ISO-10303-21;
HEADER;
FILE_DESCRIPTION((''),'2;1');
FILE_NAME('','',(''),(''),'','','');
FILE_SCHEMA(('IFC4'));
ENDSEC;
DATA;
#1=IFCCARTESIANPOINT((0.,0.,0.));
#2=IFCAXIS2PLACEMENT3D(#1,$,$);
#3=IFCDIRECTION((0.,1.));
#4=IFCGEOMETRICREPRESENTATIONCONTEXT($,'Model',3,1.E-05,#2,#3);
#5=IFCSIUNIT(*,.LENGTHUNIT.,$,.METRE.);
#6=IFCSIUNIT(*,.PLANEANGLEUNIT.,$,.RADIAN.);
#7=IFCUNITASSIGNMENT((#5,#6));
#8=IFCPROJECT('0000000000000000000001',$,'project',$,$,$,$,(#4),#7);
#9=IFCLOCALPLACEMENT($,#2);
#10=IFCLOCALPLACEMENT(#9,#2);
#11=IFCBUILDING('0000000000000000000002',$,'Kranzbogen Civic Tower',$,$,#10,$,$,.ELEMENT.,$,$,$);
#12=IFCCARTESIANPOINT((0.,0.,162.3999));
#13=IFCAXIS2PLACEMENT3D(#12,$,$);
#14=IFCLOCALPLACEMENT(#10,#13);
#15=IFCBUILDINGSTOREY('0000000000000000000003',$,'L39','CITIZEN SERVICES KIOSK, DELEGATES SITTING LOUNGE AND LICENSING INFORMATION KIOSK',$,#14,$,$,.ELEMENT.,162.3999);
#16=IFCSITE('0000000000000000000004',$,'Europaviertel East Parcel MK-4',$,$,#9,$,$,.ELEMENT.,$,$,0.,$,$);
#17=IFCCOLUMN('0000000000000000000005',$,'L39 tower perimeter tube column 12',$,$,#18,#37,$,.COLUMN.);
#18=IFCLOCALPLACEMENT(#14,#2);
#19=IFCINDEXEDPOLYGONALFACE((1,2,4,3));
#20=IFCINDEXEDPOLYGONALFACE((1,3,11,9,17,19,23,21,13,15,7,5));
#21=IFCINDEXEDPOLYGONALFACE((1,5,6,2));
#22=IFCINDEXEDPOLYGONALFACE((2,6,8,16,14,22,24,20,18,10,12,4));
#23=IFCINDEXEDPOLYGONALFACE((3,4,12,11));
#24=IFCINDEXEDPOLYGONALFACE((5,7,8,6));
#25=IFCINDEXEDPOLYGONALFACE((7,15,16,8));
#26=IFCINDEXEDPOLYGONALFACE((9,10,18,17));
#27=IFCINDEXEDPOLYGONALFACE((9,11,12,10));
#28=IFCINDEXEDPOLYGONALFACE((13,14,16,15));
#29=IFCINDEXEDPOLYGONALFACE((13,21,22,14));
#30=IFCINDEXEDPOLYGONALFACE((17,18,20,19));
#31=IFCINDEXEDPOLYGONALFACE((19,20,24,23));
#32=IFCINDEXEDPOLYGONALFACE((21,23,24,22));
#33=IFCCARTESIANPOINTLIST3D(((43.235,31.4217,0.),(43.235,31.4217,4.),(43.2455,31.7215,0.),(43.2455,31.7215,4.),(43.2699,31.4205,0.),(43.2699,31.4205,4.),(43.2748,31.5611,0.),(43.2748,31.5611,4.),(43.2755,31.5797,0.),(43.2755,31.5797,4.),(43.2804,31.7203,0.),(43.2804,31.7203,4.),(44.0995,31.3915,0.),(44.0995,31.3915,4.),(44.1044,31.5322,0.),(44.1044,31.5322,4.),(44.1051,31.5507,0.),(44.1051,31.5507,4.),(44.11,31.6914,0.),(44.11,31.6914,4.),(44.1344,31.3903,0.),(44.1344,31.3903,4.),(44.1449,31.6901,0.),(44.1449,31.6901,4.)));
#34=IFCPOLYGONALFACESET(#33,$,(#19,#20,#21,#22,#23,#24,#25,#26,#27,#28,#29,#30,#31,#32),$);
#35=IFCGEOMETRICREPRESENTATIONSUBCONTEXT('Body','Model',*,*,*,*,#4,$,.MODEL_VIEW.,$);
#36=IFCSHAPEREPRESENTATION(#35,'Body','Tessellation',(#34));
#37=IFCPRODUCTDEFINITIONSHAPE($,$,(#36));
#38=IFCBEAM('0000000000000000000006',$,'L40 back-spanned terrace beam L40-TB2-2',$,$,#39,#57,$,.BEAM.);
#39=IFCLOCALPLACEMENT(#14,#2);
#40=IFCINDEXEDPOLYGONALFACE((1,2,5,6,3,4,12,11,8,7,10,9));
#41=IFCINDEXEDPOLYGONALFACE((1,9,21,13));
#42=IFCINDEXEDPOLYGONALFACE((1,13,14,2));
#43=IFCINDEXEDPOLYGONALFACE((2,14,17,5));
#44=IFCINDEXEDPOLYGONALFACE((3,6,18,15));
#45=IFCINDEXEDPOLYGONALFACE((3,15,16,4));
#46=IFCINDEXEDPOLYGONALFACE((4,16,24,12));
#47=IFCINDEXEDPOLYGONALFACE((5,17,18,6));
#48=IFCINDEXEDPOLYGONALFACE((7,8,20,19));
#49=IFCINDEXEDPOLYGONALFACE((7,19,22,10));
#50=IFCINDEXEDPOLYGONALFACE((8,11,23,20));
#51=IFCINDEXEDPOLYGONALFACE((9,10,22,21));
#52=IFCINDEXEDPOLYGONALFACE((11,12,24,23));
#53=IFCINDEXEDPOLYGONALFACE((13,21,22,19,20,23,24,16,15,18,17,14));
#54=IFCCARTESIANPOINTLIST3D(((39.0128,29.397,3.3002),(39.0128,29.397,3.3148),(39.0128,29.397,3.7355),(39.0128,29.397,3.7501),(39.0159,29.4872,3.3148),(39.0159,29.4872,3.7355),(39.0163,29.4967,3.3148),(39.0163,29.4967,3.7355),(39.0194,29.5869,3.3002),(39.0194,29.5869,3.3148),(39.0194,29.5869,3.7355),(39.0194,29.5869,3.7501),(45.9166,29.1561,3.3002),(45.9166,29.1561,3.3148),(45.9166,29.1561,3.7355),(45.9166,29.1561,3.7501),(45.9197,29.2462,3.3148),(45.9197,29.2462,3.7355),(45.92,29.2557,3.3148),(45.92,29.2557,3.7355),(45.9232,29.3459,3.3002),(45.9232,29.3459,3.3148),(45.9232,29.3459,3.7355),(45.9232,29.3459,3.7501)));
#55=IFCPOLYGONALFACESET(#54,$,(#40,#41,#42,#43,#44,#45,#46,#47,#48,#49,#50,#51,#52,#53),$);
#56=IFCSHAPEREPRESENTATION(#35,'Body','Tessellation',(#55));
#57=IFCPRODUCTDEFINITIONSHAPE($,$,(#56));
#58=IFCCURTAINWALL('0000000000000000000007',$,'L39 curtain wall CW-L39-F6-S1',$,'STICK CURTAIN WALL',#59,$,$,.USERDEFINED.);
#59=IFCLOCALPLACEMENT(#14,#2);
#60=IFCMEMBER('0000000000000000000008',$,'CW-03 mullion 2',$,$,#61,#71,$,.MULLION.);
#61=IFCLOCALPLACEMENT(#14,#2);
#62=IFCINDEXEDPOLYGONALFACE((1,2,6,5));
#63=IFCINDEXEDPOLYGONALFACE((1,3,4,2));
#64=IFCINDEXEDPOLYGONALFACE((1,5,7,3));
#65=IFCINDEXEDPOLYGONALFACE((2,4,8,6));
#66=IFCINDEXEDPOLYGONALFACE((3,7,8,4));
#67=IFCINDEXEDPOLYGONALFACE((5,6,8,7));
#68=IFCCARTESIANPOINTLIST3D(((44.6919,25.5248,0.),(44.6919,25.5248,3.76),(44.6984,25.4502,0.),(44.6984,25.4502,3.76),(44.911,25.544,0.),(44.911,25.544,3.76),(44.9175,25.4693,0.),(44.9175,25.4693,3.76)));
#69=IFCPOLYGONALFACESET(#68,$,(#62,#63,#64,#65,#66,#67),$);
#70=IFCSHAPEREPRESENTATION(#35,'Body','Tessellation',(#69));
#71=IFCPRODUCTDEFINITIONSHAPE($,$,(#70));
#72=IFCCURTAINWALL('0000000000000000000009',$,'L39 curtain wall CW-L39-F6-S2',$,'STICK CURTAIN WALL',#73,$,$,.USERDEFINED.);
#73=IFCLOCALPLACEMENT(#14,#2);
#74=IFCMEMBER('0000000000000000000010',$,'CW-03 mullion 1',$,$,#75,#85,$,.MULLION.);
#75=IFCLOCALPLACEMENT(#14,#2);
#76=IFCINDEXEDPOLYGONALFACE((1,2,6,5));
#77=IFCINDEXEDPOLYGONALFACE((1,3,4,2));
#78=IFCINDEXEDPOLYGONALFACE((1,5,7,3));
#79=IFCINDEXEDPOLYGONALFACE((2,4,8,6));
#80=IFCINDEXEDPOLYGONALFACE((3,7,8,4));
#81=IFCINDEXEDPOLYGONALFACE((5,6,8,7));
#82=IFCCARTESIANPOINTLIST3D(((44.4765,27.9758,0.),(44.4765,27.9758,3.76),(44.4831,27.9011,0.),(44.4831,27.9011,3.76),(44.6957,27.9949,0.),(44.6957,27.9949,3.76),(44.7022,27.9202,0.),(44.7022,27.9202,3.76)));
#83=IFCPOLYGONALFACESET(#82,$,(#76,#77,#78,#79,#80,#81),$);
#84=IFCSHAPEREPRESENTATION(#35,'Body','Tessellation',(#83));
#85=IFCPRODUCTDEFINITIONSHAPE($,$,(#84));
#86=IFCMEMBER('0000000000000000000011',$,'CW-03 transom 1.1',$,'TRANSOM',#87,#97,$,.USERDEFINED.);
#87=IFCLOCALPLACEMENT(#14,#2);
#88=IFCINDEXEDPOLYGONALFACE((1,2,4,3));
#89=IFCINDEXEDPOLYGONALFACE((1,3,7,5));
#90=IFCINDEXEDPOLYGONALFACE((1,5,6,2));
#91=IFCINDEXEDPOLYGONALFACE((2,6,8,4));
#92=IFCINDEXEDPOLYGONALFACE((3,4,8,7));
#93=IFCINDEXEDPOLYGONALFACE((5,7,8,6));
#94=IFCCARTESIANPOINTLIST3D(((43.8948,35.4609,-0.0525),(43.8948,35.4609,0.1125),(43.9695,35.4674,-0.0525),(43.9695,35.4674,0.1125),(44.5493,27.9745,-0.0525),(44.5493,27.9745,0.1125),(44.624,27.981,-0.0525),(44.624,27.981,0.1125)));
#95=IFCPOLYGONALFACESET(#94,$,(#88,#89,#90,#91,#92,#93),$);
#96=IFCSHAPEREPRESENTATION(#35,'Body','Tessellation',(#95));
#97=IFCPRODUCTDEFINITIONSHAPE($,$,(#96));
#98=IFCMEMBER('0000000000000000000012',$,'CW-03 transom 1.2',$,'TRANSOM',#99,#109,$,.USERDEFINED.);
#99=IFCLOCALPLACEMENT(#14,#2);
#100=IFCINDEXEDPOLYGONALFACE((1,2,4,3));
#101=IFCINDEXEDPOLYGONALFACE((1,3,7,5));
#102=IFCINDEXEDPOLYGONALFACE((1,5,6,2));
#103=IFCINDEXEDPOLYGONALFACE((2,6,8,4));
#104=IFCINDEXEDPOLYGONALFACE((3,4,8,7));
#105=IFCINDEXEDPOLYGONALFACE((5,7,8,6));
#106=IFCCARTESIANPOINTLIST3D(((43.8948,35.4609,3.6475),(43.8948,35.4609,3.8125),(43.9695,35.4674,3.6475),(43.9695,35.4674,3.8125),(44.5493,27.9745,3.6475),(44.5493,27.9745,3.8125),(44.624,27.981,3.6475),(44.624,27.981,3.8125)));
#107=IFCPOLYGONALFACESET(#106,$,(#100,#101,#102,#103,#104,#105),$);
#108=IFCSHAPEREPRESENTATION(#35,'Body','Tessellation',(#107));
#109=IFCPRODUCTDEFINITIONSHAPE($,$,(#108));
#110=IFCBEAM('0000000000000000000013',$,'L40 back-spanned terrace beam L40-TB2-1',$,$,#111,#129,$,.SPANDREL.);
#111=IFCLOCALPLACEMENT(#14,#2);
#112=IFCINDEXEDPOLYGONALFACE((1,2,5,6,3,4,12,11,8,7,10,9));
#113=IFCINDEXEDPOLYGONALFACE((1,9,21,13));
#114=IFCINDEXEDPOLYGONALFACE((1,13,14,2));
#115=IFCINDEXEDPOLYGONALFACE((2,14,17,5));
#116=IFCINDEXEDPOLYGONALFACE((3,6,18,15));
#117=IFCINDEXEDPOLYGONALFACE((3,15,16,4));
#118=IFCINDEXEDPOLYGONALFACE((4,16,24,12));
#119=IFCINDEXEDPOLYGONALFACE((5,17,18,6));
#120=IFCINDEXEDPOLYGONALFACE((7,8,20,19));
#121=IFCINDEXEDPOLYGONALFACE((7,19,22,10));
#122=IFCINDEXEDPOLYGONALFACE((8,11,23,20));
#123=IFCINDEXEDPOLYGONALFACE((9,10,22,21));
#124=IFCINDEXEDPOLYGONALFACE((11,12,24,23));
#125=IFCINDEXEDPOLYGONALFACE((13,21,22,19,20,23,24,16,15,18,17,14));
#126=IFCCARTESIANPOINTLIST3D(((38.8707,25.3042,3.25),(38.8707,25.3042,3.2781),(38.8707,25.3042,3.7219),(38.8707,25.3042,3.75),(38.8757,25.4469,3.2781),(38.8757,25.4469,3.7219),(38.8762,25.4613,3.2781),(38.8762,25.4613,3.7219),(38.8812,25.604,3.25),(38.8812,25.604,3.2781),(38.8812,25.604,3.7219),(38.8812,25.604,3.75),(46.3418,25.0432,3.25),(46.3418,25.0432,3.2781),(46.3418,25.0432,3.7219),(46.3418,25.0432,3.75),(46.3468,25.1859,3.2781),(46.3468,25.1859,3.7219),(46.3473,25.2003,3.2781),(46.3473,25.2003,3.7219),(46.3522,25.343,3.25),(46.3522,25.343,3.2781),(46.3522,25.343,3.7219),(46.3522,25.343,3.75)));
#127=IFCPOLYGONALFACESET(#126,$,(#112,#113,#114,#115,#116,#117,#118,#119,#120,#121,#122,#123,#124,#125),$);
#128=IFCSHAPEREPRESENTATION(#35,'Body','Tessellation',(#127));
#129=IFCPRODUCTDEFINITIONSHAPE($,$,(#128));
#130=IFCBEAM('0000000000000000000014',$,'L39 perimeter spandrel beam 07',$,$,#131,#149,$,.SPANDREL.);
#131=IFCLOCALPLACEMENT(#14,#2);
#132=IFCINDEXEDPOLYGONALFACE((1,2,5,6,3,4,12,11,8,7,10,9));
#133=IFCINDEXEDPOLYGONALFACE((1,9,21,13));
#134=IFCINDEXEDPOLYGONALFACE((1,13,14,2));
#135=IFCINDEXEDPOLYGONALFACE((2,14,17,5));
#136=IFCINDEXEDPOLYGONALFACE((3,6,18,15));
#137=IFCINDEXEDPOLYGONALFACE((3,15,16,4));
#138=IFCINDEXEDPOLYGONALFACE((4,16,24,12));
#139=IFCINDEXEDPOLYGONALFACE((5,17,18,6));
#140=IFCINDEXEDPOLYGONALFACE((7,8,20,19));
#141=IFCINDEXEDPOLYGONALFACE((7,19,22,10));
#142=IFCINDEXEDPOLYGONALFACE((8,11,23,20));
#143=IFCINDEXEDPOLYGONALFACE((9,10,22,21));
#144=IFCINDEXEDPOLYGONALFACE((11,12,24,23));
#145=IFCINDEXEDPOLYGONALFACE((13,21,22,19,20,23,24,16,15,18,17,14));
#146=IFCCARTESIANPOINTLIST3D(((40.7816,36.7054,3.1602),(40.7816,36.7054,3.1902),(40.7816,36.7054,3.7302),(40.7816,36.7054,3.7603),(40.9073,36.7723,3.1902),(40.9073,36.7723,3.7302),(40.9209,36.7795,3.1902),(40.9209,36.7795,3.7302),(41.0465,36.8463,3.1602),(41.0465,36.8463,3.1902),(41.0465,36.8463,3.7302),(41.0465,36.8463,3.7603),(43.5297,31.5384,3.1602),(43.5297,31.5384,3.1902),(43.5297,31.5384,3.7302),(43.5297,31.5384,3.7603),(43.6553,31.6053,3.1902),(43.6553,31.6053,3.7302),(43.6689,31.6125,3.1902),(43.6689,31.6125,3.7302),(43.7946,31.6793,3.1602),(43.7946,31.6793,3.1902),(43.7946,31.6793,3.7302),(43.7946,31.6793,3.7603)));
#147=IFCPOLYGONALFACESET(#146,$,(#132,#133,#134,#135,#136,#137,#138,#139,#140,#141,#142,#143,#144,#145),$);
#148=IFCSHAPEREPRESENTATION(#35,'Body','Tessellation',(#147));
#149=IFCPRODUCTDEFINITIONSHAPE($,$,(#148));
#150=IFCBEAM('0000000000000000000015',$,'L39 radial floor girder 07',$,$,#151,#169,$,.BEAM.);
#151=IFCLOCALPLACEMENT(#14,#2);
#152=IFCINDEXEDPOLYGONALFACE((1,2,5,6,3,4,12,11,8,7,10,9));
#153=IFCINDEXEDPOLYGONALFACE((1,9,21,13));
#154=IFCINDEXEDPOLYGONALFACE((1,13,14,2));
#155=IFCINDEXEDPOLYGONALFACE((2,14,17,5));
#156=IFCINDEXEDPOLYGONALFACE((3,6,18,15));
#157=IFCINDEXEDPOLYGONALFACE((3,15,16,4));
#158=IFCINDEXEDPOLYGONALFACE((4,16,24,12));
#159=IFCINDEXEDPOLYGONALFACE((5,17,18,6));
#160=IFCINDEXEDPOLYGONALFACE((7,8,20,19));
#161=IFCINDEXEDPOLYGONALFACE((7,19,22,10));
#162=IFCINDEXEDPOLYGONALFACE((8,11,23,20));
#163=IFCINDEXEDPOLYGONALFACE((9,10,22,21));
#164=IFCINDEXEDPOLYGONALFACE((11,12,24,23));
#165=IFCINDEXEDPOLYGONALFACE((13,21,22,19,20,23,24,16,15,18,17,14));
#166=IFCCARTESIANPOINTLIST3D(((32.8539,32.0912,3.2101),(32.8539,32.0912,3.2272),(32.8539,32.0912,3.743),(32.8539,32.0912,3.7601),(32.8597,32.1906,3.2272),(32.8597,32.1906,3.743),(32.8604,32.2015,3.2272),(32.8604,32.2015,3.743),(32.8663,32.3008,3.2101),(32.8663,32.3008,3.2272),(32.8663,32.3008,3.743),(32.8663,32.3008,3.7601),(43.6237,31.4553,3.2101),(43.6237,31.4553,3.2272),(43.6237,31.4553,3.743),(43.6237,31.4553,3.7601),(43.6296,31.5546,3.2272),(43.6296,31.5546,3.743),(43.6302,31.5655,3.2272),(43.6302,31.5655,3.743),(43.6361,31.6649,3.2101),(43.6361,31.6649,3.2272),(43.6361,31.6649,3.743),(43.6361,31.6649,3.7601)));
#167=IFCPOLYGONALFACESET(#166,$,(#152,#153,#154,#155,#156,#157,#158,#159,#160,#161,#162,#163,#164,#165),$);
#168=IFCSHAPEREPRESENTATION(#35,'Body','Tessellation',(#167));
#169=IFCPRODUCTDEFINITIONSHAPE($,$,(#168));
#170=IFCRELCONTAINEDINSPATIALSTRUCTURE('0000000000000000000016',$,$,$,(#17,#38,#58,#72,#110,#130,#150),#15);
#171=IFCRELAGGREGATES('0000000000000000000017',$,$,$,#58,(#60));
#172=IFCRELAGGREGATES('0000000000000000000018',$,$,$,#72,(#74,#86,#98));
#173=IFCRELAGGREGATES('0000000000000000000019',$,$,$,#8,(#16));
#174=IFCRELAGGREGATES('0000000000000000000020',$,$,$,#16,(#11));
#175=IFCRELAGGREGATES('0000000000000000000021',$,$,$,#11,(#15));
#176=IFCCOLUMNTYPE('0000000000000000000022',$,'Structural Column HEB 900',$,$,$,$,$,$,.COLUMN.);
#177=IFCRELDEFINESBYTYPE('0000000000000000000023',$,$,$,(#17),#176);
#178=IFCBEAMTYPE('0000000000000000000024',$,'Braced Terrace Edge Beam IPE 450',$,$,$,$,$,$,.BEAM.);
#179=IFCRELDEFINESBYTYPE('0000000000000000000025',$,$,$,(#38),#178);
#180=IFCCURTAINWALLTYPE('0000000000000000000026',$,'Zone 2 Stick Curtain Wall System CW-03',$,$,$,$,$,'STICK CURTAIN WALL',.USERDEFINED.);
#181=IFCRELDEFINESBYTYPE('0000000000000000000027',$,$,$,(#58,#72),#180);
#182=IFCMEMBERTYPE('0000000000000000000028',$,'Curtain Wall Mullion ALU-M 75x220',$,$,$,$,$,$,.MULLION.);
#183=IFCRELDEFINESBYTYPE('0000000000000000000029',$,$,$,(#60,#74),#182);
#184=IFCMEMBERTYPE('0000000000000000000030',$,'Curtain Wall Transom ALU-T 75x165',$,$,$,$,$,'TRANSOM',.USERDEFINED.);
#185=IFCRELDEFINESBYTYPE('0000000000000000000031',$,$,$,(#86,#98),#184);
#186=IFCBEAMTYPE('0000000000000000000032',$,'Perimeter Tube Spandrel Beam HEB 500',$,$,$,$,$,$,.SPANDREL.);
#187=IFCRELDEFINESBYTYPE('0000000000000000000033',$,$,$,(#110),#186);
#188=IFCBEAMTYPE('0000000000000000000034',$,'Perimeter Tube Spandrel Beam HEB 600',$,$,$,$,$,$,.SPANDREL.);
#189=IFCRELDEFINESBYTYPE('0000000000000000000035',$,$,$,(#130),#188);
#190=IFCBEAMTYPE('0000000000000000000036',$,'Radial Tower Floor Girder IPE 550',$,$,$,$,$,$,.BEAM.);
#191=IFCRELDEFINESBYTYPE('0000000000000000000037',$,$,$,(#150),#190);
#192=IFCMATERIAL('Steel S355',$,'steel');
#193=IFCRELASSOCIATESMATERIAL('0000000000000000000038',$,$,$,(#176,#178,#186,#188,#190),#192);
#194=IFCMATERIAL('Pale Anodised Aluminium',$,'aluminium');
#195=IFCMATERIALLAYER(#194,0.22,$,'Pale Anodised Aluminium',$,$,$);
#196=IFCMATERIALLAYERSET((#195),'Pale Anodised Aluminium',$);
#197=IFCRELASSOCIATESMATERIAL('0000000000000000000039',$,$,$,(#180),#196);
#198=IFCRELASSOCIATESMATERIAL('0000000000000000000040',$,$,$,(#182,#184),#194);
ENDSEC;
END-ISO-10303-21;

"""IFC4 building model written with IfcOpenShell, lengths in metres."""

from ifc_helpers import new_model, si_unit, direction, frame, origin, origin_2d, place, context, subcontext, project, spatial, rectangle, i_section, extrude, material, layer, layer_set, material_profile, profile_set, type_object, element, aggregate, save


model = new_model("IFC4")

# Units and contexts
model_context = context("Model", 3, precision=1e-05, world=origin(), true_north=direction((0.0, 1.0)))
body_context = subcontext(model_context, "Body", "Model", "MODEL_VIEW")
ifc_project = project(units=[si_unit("LENGTHUNIT", "METRE"), si_unit("PLANEANGLEUNIT", "RADIAN")], contexts=[model_context])

# Site, building, storey
site_placement = place(None, origin())
site = spatial("IfcSite", under=ifc_project, at=site_placement, Name="Europaviertel East Parcel MK-4", CompositionType="ELEMENT", RefElevation=0.0)
building_placement = place(site_placement, origin())
building = spatial("IfcBuilding", under=site, at=building_placement, Name="Kranzbogen Civic Tower", CompositionType="ELEMENT")
storey_placement = place(building_placement, frame((0.0, 0.0, 162.3999)))
storey = spatial("IfcBuildingStorey", under=building, at=storey_placement, Name="L39", Description="CITIZEN SERVICES KIOSK, DELEGATES SITTING LOUNGE AND LICENSING INFORMATION KIOSK", CompositionType="ELEMENT", Elevation=162.3999)

# Column
ifc_material_1 = material(Name="Steel S355", Category="steel")
ifc_material_profile_1 = material_profile(ifc_material_1, i_section(OverallWidth=0.3, OverallDepth=0.8999, WebThickness=0.0186, FlangeThickness=0.0349, at=origin_2d()), Name="HEB 900")
ifc_profile_set_1 = profile_set([ifc_material_profile_1], Name="Steel S355")
column_type = type_object("IfcColumnType", Name="Structural Column HEB 900", PredefinedType="COLUMN", material=ifc_profile_set_1)
column_placement = place(storey_placement, frame((43.6899, 31.5559, 0.0), z_axis=(0.0, 0.0, 1.0), x_axis=(0.034899, 0.999391, 0.0)))
element("IfcColumn", 1, at=column_placement, inside=storey, type_object=column_type, Name="L39 tower perimeter tube column 12", PredefinedType="COLUMN", context=body_context, shape_type="SweptSolid", body=[
    extrude(i_section(OverallWidth=0.3, OverallDepth=0.8999, WebThickness=0.0186, FlangeThickness=0.0349, at=origin_2d()), origin(), (0.0, 0.0, 1.0), 4.0),
])

# Beam
ifc_material_profile_2 = material_profile(ifc_material_1, i_section(OverallWidth=0.1899, OverallDepth=0.45, WebThickness=0.0095, FlangeThickness=0.0146, at=origin_2d()), Name="IPE 450")
ifc_profile_set_2 = profile_set([ifc_material_profile_2], Name="Steel S355")
beam_type_1 = type_object("IfcBeamType", Name="Braced Terrace Edge Beam IPE 450", PredefinedType="BEAM", material=ifc_profile_set_2)
beam_1_placement = place(storey_placement, frame((39.0161, 29.4919, 3.5251), z_axis=(0.999391, -0.034882, 0.0), x_axis=(0.034882, 0.999391, 0.0)))
element("IfcBeam", 2, at=beam_1_placement, inside=storey, type_object=beam_type_1, Name="L40 back-spanned terrace beam L40-TB2-2", PredefinedType="BEAM", context=body_context, shape_type="SweptSolid", body=[
    extrude(i_section(OverallWidth=0.1899, OverallDepth=0.45, WebThickness=0.0095, FlangeThickness=0.0146, at=origin_2d()), origin(), (0.0, 0.0, 1.0), 6.908),
])

# Curtain wall, member
ifc_material_2 = material(Name="Pale Anodised Aluminium", Category="aluminium")
ifc_layer_1 = layer(ifc_material_2, 0.22, Name="Pale Anodised Aluminium")
ifc_layer_set_1 = layer_set([ifc_layer_1], Name="Pale Anodised Aluminium")
curtain_wall_type = type_object("IfcCurtainWallType", Name="Zone 2 Stick Curtain Wall System CW-03", ElementType="STICK CURTAIN WALL", PredefinedType="USERDEFINED", material=ifc_layer_set_1)
curtain_wall_1_placement = place(storey_placement, origin())
curtain_wall_1 = element("IfcCurtainWall", 3, at=curtain_wall_1_placement, inside=storey, type_object=curtain_wall_type, Name="L39 curtain wall CW-L39-F6-S1", ObjectType="STICK CURTAIN WALL", PredefinedType="USERDEFINED")
ifc_material_profile_3 = material_profile(ifc_material_2, rectangle(XDim=0.075, YDim=0.22, at=origin_2d()), Name="ALU-M 75x220")
ifc_profile_set_3 = profile_set([ifc_material_profile_3], Name="Pale Anodised Aluminium")
member_type_1 = type_object("IfcMemberType", Name="Curtain Wall Mullion ALU-M 75x220", PredefinedType="MULLION", material=ifc_profile_set_3)
member_1_placement = place(storey_placement, frame((44.8047, 25.4971, 0.0), z_axis=(0.0, 0.0, 1.0), x_axis=(-0.087121, 0.996198, 0.0)))
member_1 = element("IfcMember", 4, at=member_1_placement, type_object=member_type_1, Name="CW-03 mullion 2", PredefinedType="MULLION", context=body_context, shape_type="SweptSolid", body=[
    extrude(rectangle(XDim=0.075, YDim=0.22, at=origin_2d()), origin(), (0.0, 0.0, 1.0), 3.76),
])
aggregate(curtain_wall_1, [member_1])

# Curtain wall, members
curtain_wall_2_placement = place(storey_placement, origin())
curtain_wall_2 = element("IfcCurtainWall", 5, at=curtain_wall_2_placement, inside=storey, type_object=curtain_wall_type, Name="L39 curtain wall CW-L39-F6-S2", ObjectType="STICK CURTAIN WALL", PredefinedType="USERDEFINED")
member_2_placement = place(storey_placement, frame((44.5894, 27.948, 0.0), z_axis=(0.0, 0.0, 1.0), x_axis=(-0.087099, 0.9962, 0.0)))
member_2 = element("IfcMember", 6, at=member_2_placement, type_object=member_type_1, Name="CW-03 mullion 1", PredefinedType="MULLION", context=body_context, shape_type="SweptSolid", body=[
    extrude(rectangle(XDim=0.075, YDim=0.22, at=origin_2d()), origin(), (0.0, 0.0, 1.0), 3.76),
])
ifc_material_profile_4 = material_profile(ifc_material_2, rectangle(XDim=0.075, YDim=0.165, at=origin_2d()), Name="ALU-T 75x165")
ifc_profile_set_4 = profile_set([ifc_material_profile_4], Name="Pale Anodised Aluminium")
member_type_2 = type_object("IfcMemberType", Name="Curtain Wall Transom ALU-T 75x165", ElementType="TRANSOM", PredefinedType="USERDEFINED", material=ifc_profile_set_4)
member_3_placement = place(storey_placement, frame((44.5867, 27.9778, 0.03), z_axis=(-0.087099, 0.9962, 0.0), x_axis=(-0.9962, -0.087099, 0.0)))
member_3 = element("IfcMember", 7, at=member_3_placement, type_object=member_type_2, Name="CW-03 transom 1.1", ObjectType="TRANSOM", PredefinedType="USERDEFINED", context=body_context, shape_type="SweptSolid", body=[
    extrude(rectangle(XDim=0.075, YDim=0.165, at=origin_2d()), origin(), (0.0, 0.0, 1.0), 7.5149),
])
member_4_placement = place(storey_placement, frame((44.5867, 27.9778, 3.73), z_axis=(-0.087099, 0.9962, 0.0), x_axis=(-0.9962, -0.087099, 0.0)))
member_4 = element("IfcMember", 8, at=member_4_placement, type_object=member_type_2, Name="CW-03 transom 1.2", ObjectType="TRANSOM", PredefinedType="USERDEFINED", context=body_context, shape_type="SweptSolid", body=[
    extrude(rectangle(XDim=0.075, YDim=0.165, at=origin_2d()), origin(), (0.0, 0.0, 1.0), 7.5149),
])

# Beams
ifc_material_profile_5 = material_profile(ifc_material_1, i_section(OverallWidth=0.3, OverallDepth=0.5, WebThickness=0.0144, FlangeThickness=0.0281, at=origin_2d()), Name="HEB 500")
ifc_profile_set_5 = profile_set([ifc_material_profile_5], Name="Steel S355")
beam_type_2 = type_object("IfcBeamType", Name="Perimeter Tube Spandrel Beam HEB 500", PredefinedType="SPANDREL", material=ifc_profile_set_5)
beam_2_placement = place(storey_placement, frame((38.876, 25.4541, 3.5), z_axis=(0.99939, -0.034912, 0.0), x_axis=(0.034912, 0.99939, 0.0)))
element("IfcBeam", 9, at=beam_2_placement, inside=storey, type_object=beam_type_2, Name="L40 back-spanned terrace beam L40-TB2-1", PredefinedType="SPANDREL", context=body_context, shape_type="SweptSolid", body=[
    extrude(i_section(OverallWidth=0.3, OverallDepth=0.5, WebThickness=0.0144, FlangeThickness=0.0281, at=origin_2d()), origin(), (0.0, 0.0, 1.0), 7.4756),
])
ifc_material_profile_6 = material_profile(ifc_material_1, i_section(OverallWidth=0.3, OverallDepth=0.6001, WebThickness=0.0154, FlangeThickness=0.03, at=origin_2d()), Name="HEB 600")
ifc_profile_set_6 = profile_set([ifc_material_profile_6], Name="Steel S355")
beam_type_3 = type_object("IfcBeamType", Name="Perimeter Tube Spandrel Beam HEB 600", PredefinedType="SPANDREL", material=ifc_profile_set_6)
beam_3_placement = place(storey_placement, frame((43.6621, 31.6089, 3.4602), z_axis=(-0.469566, 0.882897, 0.0), x_axis=(-0.882897, -0.469566, 0.0)))
element("IfcBeam", 10, at=beam_3_placement, inside=storey, type_object=beam_type_3, Name="L39 perimeter spandrel beam 07", PredefinedType="SPANDREL", context=body_context, shape_type="SweptSolid", body=[
    extrude(i_section(OverallWidth=0.3, OverallDepth=0.6001, WebThickness=0.0154, FlangeThickness=0.03, at=origin_2d()), origin(), (0.0, 0.0, 1.0), 5.8523),
])
ifc_material_profile_7 = material_profile(ifc_material_1, i_section(OverallWidth=0.21, OverallDepth=0.55, WebThickness=0.011, FlangeThickness=0.0171, at=origin_2d()), Name="IPE 550")
ifc_profile_set_7 = profile_set([ifc_material_profile_7], Name="Steel S355")
beam_type_4 = type_object("IfcBeamType", Name="Radial Tower Floor Girder IPE 550", PredefinedType="BEAM", material=ifc_profile_set_7)
beam_4_placement = place(storey_placement, frame((43.6299, 31.5601, 3.4851), z_axis=(-0.998261, 0.05895, 0.0), x_axis=(-0.05895, -0.998261, 0.0)))
element("IfcBeam", 11, at=beam_4_placement, inside=storey, type_object=beam_type_4, Name="L39 radial floor girder 07", PredefinedType="BEAM", context=body_context, shape_type="SweptSolid", body=[
    extrude(i_section(OverallWidth=0.21, OverallDepth=0.55, WebThickness=0.011, FlangeThickness=0.0171, at=origin_2d()), origin(), (0.0, 0.0, 1.0), 10.7886),
])

aggregate(curtain_wall_2, [member_2, member_3, member_4])

save(model, "model.ifc")
